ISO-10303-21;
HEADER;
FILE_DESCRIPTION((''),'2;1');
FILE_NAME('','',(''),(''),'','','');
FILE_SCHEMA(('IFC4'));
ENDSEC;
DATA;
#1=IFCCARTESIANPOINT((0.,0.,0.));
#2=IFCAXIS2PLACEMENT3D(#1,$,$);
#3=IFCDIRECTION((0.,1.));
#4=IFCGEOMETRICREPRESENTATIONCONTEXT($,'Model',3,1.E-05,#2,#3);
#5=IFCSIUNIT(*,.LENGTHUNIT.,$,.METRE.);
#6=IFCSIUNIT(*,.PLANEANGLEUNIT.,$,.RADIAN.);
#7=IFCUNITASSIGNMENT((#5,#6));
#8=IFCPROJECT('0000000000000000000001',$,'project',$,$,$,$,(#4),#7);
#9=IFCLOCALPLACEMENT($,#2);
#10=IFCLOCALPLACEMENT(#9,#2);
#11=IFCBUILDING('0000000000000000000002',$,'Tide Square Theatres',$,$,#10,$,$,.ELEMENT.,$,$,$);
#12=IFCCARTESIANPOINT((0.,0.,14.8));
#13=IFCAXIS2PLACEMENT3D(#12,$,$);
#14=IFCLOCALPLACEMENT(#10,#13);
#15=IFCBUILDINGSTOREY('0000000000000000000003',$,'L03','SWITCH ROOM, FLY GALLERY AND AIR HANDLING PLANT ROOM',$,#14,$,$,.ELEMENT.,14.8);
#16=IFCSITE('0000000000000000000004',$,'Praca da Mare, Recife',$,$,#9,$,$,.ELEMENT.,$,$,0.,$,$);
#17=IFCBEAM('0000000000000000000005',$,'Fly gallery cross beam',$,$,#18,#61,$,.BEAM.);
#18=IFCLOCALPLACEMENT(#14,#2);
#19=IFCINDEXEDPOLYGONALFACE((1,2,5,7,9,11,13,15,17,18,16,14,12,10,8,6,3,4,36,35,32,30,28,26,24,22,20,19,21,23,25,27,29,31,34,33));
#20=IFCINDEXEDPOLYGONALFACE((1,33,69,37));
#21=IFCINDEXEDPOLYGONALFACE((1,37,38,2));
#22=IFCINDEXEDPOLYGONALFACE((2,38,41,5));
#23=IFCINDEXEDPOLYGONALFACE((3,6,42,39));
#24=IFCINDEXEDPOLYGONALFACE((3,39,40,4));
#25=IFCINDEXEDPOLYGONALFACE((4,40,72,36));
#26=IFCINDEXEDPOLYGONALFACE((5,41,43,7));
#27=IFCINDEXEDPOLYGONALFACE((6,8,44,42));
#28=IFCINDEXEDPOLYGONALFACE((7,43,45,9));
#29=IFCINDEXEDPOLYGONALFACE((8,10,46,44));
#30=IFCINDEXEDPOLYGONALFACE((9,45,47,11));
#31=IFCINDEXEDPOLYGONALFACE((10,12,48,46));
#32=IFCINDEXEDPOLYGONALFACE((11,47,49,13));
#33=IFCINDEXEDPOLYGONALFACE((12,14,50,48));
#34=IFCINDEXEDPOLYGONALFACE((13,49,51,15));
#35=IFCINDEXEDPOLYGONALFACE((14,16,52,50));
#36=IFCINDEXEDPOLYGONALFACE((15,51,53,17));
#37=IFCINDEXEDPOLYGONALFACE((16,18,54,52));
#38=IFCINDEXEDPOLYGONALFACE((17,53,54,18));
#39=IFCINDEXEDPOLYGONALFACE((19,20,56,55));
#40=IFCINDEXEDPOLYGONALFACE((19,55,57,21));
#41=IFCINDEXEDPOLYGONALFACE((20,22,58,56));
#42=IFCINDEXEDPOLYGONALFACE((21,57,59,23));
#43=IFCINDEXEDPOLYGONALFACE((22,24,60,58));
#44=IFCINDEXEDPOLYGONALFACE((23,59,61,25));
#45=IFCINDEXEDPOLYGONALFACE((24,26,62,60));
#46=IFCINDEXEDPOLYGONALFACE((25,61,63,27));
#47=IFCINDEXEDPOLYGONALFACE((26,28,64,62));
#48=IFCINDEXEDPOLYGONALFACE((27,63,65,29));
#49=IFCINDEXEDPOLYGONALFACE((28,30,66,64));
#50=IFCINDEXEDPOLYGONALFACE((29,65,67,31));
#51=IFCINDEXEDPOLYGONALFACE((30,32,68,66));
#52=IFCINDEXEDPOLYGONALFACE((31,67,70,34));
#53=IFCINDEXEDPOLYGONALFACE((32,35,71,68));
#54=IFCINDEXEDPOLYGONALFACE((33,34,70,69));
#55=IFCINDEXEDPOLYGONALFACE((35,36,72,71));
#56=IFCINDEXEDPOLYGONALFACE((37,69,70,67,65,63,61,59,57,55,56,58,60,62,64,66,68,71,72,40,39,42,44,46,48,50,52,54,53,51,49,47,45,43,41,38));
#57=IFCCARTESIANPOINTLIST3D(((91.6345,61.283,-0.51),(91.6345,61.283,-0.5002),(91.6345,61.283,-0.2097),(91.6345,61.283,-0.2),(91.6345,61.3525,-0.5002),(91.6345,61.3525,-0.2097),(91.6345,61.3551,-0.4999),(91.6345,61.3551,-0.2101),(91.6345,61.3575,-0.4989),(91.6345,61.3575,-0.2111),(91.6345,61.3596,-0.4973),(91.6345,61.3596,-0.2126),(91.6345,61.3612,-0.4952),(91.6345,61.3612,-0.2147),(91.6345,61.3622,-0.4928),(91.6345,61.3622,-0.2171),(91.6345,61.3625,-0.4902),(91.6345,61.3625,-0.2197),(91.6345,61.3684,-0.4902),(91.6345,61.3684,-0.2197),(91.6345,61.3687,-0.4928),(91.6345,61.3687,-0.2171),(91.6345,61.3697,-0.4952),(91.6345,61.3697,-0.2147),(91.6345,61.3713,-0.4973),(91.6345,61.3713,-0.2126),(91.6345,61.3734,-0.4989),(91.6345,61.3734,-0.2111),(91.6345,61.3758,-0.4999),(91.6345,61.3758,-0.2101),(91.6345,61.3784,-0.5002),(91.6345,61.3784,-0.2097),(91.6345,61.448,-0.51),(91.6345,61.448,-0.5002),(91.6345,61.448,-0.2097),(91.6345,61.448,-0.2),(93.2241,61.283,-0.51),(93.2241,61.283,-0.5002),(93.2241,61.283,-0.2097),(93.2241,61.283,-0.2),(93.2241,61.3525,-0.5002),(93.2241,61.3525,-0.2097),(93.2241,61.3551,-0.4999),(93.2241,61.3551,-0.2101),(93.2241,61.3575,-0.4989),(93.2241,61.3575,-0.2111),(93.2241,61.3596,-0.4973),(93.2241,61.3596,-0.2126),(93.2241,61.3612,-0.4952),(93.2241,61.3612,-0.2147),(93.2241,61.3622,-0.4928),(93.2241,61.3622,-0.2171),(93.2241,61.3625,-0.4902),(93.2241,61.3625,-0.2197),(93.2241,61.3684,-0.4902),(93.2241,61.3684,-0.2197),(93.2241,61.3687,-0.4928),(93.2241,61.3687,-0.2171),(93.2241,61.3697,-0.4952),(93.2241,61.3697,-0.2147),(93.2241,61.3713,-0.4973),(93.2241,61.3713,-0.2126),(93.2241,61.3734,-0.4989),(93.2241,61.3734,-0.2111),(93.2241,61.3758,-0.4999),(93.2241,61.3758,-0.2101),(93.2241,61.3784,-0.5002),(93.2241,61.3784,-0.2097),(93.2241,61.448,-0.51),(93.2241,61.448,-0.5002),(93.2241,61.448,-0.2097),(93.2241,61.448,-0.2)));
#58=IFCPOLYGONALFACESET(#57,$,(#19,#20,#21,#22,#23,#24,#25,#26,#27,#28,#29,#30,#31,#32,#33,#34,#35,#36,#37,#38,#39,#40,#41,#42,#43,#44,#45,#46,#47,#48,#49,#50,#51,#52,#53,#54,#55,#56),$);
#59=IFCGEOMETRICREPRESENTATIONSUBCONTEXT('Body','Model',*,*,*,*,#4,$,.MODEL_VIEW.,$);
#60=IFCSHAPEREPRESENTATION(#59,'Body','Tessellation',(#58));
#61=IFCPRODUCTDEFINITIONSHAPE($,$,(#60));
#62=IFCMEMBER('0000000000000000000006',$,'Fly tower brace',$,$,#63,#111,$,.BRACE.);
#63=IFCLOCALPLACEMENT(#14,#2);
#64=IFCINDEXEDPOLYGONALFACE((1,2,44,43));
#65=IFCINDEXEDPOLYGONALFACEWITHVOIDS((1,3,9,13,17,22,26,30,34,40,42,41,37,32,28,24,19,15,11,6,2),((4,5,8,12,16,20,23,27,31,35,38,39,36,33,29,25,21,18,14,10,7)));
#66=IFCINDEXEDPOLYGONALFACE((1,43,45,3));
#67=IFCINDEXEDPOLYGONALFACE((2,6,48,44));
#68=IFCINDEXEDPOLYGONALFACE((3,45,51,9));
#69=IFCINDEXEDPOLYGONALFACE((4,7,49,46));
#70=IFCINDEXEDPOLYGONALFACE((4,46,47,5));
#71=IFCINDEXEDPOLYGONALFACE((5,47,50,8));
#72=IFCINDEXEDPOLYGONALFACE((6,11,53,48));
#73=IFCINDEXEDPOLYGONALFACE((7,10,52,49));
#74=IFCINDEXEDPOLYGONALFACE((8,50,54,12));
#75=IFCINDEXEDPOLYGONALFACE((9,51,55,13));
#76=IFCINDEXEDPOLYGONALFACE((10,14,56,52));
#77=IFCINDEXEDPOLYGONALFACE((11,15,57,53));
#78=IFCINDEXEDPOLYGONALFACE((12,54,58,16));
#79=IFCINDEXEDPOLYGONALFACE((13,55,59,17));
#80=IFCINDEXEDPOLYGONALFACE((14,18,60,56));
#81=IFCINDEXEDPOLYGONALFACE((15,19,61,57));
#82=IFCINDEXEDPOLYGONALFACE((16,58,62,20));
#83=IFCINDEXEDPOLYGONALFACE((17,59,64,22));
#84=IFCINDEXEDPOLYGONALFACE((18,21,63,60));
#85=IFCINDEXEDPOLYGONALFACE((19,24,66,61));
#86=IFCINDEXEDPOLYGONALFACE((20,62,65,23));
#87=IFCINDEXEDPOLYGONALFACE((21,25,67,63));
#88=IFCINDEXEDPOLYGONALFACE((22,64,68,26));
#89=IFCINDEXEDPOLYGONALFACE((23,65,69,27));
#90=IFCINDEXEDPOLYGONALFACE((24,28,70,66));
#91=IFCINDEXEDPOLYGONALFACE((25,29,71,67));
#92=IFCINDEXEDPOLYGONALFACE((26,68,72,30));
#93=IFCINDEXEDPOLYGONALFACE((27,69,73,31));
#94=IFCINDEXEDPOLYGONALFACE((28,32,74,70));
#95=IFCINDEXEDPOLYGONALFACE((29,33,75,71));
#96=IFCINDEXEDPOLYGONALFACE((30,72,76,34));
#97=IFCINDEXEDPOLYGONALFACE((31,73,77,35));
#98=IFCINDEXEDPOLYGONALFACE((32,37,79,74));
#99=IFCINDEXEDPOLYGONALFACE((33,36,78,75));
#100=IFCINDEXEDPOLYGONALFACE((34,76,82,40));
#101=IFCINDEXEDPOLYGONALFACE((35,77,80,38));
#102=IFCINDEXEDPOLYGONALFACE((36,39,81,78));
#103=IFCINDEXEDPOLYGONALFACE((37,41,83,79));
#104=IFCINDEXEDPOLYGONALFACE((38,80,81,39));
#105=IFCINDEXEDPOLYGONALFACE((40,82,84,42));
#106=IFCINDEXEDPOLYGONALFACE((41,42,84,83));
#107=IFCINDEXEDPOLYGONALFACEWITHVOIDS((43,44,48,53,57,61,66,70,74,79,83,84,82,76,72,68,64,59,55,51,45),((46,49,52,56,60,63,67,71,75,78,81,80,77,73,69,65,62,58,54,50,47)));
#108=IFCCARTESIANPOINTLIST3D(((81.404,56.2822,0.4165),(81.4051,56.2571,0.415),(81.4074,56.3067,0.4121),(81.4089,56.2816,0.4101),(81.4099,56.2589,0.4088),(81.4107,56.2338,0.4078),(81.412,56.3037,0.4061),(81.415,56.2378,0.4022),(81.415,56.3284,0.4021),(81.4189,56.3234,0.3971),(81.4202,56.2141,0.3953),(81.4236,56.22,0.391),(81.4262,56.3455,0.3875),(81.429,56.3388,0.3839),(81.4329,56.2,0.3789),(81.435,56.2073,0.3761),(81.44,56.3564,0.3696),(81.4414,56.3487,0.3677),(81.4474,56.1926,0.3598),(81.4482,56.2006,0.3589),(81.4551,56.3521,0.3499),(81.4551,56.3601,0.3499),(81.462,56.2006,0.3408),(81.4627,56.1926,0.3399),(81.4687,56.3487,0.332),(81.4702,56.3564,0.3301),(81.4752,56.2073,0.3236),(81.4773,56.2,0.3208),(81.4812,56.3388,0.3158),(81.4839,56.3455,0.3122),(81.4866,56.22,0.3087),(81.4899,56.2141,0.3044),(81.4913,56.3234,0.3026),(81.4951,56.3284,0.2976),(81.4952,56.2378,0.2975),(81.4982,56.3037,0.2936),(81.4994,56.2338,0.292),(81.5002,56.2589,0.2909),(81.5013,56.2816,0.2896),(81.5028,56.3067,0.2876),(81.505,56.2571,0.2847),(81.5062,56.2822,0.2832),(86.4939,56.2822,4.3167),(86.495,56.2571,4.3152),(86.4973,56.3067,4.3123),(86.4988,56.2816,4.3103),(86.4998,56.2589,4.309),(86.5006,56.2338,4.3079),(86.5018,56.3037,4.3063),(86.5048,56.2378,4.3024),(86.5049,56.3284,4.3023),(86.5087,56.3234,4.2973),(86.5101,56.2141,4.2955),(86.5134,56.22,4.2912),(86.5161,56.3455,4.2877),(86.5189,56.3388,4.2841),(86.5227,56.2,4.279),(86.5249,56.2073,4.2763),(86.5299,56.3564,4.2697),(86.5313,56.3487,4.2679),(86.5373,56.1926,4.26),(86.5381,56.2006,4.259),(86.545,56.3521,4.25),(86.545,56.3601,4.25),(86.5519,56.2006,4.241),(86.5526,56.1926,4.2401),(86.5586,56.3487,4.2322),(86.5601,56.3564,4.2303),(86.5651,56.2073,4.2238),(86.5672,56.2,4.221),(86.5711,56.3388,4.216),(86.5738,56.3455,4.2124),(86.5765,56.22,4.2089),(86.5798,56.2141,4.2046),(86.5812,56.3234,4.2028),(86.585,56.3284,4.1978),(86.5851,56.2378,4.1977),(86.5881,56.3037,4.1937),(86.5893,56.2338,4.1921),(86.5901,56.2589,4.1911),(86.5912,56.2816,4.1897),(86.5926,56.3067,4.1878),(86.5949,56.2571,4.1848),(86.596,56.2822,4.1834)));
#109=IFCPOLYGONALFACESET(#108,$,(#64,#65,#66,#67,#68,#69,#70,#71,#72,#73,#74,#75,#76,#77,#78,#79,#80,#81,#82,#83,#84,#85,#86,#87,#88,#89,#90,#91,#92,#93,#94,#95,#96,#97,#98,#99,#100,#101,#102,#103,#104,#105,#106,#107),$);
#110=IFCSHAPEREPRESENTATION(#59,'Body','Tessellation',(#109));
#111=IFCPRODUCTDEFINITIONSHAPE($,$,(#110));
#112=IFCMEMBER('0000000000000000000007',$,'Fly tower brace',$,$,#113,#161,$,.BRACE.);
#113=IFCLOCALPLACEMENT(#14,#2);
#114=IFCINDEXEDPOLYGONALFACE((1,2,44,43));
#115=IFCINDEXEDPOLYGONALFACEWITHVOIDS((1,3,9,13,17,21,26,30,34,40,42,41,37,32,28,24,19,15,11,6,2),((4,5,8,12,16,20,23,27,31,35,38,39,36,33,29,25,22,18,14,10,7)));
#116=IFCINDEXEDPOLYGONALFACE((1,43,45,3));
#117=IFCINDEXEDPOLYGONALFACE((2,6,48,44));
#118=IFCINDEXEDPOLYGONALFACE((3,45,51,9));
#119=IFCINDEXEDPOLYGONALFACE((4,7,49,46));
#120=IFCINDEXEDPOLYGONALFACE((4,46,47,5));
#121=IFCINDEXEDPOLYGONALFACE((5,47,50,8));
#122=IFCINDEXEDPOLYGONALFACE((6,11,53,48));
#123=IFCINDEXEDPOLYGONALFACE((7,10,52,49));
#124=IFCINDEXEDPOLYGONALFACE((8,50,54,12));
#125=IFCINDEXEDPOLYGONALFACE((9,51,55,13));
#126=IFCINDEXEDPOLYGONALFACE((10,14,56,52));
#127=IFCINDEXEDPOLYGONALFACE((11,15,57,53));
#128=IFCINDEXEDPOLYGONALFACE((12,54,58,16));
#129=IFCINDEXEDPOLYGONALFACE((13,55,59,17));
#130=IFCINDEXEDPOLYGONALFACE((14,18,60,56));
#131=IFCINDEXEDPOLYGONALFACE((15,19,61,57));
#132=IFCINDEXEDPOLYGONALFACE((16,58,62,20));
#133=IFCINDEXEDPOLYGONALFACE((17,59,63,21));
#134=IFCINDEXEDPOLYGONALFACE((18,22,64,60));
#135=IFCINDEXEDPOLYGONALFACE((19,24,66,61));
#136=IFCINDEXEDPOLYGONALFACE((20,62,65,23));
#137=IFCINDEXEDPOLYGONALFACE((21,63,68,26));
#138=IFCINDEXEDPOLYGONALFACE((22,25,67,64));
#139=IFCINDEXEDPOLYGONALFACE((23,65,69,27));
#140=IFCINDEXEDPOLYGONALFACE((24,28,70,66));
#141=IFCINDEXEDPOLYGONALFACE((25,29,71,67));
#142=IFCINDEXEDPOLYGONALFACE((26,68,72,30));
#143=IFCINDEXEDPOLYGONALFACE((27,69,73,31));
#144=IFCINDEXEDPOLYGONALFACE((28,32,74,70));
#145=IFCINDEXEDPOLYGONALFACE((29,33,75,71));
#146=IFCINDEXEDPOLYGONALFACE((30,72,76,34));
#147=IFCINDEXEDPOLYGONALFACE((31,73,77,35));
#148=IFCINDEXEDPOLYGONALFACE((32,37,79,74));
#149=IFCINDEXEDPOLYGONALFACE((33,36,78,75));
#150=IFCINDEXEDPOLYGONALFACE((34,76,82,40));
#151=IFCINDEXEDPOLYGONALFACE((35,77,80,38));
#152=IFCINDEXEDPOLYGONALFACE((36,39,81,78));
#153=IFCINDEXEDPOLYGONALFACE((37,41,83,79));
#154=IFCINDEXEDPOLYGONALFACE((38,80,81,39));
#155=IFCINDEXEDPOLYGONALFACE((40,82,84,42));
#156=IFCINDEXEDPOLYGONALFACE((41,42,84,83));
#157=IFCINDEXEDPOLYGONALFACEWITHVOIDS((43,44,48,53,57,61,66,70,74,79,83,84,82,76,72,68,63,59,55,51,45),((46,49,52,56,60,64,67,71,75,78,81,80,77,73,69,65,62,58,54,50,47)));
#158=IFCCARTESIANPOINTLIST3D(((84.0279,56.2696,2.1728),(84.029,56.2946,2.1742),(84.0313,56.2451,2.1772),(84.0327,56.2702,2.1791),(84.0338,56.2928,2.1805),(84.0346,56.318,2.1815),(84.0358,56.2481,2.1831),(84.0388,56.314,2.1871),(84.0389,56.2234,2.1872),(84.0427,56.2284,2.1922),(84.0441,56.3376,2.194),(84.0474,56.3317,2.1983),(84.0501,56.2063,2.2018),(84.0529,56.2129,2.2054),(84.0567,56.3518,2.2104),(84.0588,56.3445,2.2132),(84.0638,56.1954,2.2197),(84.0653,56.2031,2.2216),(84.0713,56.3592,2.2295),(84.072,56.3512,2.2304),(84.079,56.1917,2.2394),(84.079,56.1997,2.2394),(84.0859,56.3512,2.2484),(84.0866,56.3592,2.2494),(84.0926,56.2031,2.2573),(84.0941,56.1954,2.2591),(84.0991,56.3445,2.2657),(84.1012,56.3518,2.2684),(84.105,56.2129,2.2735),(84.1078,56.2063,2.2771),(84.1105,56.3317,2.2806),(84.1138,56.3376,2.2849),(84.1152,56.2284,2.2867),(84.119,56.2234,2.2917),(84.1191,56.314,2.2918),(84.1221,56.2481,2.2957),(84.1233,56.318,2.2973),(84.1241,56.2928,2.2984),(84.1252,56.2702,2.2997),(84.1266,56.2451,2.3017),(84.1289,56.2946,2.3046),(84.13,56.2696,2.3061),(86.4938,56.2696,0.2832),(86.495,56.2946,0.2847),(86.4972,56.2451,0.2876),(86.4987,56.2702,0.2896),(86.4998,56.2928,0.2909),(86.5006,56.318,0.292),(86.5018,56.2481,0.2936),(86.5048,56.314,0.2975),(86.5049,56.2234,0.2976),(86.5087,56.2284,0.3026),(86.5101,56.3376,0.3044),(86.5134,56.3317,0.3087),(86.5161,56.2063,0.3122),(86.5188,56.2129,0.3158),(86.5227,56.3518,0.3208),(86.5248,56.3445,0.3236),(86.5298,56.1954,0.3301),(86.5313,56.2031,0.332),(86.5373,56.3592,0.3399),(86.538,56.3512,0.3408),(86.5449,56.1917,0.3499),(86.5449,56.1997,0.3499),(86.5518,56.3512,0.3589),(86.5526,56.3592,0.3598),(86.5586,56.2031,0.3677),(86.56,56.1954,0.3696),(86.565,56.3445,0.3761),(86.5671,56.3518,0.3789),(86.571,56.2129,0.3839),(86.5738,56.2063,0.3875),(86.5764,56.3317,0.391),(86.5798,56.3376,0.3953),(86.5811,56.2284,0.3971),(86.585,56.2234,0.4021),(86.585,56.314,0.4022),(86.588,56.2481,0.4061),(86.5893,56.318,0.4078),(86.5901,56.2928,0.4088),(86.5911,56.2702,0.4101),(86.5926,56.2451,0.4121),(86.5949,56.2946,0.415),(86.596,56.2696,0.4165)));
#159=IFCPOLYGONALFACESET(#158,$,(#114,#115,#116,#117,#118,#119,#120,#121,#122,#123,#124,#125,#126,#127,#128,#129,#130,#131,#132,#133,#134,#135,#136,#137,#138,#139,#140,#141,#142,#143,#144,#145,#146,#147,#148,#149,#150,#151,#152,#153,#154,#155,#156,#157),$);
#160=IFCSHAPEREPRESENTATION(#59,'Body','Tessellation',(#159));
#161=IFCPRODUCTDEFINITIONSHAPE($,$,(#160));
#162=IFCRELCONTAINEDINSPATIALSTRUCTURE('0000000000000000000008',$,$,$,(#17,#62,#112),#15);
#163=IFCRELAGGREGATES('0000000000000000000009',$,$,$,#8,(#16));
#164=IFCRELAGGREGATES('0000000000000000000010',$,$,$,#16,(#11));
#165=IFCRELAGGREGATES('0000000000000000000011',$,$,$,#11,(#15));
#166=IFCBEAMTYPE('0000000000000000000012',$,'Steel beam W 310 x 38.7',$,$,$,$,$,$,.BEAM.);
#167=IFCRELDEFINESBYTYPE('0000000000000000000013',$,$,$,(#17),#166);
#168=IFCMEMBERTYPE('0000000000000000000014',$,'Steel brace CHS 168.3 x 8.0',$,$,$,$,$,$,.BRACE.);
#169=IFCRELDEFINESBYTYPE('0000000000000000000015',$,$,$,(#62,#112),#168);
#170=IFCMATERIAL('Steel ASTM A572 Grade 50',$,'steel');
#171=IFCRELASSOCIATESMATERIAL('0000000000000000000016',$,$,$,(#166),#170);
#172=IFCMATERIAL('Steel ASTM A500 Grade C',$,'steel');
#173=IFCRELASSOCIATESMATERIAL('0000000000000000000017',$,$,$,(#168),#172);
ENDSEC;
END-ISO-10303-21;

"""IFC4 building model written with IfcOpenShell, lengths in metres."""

from ifc_helpers import new_model, si_unit, direction, frame, origin, origin_2d, place, context, subcontext, project, spatial, hollow_circle, i_section, extrude, material, material_profile, profile_set, type_object, element, save


model = new_model("IFC4")

# Units and contexts
model_context = context("Model", 3, precision=1e-05, world=origin(), true_north=direction((0.0, 1.0)))
body_context = subcontext(model_context, "Body", "Model", "MODEL_VIEW")
ifc_project = project(units=[si_unit("LENGTHUNIT", "METRE"), si_unit("PLANEANGLEUNIT", "RADIAN")], contexts=[model_context])

# Site, building, storey
site_placement = place(None, origin())
site = spatial("IfcSite", under=ifc_project, at=site_placement, Name="Praca da Mare, Recife", CompositionType="ELEMENT", RefElevation=0.0)
building_placement = place(site_placement, origin())
building = spatial("IfcBuilding", under=site, at=building_placement, Name="Tide Square Theatres", CompositionType="ELEMENT")
storey_placement = place(building_placement, frame((0.0, 0.0, 14.8)))
storey = spatial("IfcBuildingStorey", under=building, at=storey_placement, Name="L03", Description="SWITCH ROOM, FLY GALLERY AND AIR HANDLING PLANT ROOM", CompositionType="ELEMENT", Elevation=14.8)

# Beam
ifc_material_1 = material(Name="Steel ASTM A572 Grade 50", Category="steel")
ifc_material_profile_1 = material_profile(ifc_material_1, i_section(OverallWidth=0.165, OverallDepth=0.3101, WebThickness=0.0059, FlangeThickness=0.0098, FilletRadius=0.01, at=origin_2d()))
ifc_profile_set_1 = profile_set([ifc_material_profile_1], Name="Steel ASTM A572 Grade 50")
beam_type = type_object("IfcBeamType", Name="Steel beam W 310 x 38.7", PredefinedType="BEAM", material=ifc_profile_set_1)
beam_placement = place(storey_placement, frame((91.6345, 61.3655, -0.355), z_axis=(1.0, 0.0, 0.0), x_axis=(0.0, 1.0, 0.0)))
element("IfcBeam", 1, at=beam_placement, inside=storey, type_object=beam_type, Name="Fly gallery cross beam", PredefinedType="BEAM", context=body_context, shape_type="SweptSolid", body=[
    extrude(i_section(OverallWidth=0.165, OverallDepth=0.3101, WebThickness=0.0059, FlangeThickness=0.0098, FilletRadius=0.01, at=origin_2d()), origin(), (0.0, 0.0, 1.0), 1.5896),
])

# Members
ifc_material_2 = material(Name="Steel ASTM A500 Grade C", Category="steel")
ifc_material_profile_2 = material_profile(ifc_material_2, hollow_circle(Radius=0.0842, WallThickness=0.0081, at=origin_2d()))
ifc_profile_set_2 = profile_set([ifc_material_profile_2], Name="Steel ASTM A500 Grade C")
member_type = type_object("IfcMemberType", Name="Steel brace CHS 168.3 x 8.0", PredefinedType="BRACE", material=ifc_profile_set_2)
member_1_placement = place(storey_placement, frame((81.4551, 56.2759, 0.3499), z_axis=(0.793762, 0.0, 0.608228), x_axis=(0.0, 1.0, 0.0)))
element("IfcMember", 2, at=member_1_placement, inside=storey, type_object=member_type, Name="Fly tower brace", PredefinedType="BRACE", context=body_context, shape_type="SweptSolid", body=[
    extrude(hollow_circle(Radius=0.0842, WallThickness=0.0081, at=origin_2d()), origin(), (0.0, 0.0, 1.0), 6.4124),
])
for number, where, z_axis, x_axis, name in (
    (3, (86.5449, 56.2759, 0.3499), (-0.793762, 0.0, 0.608229), (0.0, -1.0, 0.0), "Fly tower brace"),
):
    element("IfcMember", number, at=place(storey_placement, frame(where, z_axis=z_axis, x_axis=x_axis)), inside=storey, type_object=member_type, Name=name, PredefinedType="BRACE", context=body_context, shape_type="SweptSolid", body=[
        extrude(hollow_circle(Radius=0.0842, WallThickness=0.0081, at=origin_2d()), origin(), (0.0, 0.0, 1.0), 3.1067),
    ])

save(model, "model.ifc")
